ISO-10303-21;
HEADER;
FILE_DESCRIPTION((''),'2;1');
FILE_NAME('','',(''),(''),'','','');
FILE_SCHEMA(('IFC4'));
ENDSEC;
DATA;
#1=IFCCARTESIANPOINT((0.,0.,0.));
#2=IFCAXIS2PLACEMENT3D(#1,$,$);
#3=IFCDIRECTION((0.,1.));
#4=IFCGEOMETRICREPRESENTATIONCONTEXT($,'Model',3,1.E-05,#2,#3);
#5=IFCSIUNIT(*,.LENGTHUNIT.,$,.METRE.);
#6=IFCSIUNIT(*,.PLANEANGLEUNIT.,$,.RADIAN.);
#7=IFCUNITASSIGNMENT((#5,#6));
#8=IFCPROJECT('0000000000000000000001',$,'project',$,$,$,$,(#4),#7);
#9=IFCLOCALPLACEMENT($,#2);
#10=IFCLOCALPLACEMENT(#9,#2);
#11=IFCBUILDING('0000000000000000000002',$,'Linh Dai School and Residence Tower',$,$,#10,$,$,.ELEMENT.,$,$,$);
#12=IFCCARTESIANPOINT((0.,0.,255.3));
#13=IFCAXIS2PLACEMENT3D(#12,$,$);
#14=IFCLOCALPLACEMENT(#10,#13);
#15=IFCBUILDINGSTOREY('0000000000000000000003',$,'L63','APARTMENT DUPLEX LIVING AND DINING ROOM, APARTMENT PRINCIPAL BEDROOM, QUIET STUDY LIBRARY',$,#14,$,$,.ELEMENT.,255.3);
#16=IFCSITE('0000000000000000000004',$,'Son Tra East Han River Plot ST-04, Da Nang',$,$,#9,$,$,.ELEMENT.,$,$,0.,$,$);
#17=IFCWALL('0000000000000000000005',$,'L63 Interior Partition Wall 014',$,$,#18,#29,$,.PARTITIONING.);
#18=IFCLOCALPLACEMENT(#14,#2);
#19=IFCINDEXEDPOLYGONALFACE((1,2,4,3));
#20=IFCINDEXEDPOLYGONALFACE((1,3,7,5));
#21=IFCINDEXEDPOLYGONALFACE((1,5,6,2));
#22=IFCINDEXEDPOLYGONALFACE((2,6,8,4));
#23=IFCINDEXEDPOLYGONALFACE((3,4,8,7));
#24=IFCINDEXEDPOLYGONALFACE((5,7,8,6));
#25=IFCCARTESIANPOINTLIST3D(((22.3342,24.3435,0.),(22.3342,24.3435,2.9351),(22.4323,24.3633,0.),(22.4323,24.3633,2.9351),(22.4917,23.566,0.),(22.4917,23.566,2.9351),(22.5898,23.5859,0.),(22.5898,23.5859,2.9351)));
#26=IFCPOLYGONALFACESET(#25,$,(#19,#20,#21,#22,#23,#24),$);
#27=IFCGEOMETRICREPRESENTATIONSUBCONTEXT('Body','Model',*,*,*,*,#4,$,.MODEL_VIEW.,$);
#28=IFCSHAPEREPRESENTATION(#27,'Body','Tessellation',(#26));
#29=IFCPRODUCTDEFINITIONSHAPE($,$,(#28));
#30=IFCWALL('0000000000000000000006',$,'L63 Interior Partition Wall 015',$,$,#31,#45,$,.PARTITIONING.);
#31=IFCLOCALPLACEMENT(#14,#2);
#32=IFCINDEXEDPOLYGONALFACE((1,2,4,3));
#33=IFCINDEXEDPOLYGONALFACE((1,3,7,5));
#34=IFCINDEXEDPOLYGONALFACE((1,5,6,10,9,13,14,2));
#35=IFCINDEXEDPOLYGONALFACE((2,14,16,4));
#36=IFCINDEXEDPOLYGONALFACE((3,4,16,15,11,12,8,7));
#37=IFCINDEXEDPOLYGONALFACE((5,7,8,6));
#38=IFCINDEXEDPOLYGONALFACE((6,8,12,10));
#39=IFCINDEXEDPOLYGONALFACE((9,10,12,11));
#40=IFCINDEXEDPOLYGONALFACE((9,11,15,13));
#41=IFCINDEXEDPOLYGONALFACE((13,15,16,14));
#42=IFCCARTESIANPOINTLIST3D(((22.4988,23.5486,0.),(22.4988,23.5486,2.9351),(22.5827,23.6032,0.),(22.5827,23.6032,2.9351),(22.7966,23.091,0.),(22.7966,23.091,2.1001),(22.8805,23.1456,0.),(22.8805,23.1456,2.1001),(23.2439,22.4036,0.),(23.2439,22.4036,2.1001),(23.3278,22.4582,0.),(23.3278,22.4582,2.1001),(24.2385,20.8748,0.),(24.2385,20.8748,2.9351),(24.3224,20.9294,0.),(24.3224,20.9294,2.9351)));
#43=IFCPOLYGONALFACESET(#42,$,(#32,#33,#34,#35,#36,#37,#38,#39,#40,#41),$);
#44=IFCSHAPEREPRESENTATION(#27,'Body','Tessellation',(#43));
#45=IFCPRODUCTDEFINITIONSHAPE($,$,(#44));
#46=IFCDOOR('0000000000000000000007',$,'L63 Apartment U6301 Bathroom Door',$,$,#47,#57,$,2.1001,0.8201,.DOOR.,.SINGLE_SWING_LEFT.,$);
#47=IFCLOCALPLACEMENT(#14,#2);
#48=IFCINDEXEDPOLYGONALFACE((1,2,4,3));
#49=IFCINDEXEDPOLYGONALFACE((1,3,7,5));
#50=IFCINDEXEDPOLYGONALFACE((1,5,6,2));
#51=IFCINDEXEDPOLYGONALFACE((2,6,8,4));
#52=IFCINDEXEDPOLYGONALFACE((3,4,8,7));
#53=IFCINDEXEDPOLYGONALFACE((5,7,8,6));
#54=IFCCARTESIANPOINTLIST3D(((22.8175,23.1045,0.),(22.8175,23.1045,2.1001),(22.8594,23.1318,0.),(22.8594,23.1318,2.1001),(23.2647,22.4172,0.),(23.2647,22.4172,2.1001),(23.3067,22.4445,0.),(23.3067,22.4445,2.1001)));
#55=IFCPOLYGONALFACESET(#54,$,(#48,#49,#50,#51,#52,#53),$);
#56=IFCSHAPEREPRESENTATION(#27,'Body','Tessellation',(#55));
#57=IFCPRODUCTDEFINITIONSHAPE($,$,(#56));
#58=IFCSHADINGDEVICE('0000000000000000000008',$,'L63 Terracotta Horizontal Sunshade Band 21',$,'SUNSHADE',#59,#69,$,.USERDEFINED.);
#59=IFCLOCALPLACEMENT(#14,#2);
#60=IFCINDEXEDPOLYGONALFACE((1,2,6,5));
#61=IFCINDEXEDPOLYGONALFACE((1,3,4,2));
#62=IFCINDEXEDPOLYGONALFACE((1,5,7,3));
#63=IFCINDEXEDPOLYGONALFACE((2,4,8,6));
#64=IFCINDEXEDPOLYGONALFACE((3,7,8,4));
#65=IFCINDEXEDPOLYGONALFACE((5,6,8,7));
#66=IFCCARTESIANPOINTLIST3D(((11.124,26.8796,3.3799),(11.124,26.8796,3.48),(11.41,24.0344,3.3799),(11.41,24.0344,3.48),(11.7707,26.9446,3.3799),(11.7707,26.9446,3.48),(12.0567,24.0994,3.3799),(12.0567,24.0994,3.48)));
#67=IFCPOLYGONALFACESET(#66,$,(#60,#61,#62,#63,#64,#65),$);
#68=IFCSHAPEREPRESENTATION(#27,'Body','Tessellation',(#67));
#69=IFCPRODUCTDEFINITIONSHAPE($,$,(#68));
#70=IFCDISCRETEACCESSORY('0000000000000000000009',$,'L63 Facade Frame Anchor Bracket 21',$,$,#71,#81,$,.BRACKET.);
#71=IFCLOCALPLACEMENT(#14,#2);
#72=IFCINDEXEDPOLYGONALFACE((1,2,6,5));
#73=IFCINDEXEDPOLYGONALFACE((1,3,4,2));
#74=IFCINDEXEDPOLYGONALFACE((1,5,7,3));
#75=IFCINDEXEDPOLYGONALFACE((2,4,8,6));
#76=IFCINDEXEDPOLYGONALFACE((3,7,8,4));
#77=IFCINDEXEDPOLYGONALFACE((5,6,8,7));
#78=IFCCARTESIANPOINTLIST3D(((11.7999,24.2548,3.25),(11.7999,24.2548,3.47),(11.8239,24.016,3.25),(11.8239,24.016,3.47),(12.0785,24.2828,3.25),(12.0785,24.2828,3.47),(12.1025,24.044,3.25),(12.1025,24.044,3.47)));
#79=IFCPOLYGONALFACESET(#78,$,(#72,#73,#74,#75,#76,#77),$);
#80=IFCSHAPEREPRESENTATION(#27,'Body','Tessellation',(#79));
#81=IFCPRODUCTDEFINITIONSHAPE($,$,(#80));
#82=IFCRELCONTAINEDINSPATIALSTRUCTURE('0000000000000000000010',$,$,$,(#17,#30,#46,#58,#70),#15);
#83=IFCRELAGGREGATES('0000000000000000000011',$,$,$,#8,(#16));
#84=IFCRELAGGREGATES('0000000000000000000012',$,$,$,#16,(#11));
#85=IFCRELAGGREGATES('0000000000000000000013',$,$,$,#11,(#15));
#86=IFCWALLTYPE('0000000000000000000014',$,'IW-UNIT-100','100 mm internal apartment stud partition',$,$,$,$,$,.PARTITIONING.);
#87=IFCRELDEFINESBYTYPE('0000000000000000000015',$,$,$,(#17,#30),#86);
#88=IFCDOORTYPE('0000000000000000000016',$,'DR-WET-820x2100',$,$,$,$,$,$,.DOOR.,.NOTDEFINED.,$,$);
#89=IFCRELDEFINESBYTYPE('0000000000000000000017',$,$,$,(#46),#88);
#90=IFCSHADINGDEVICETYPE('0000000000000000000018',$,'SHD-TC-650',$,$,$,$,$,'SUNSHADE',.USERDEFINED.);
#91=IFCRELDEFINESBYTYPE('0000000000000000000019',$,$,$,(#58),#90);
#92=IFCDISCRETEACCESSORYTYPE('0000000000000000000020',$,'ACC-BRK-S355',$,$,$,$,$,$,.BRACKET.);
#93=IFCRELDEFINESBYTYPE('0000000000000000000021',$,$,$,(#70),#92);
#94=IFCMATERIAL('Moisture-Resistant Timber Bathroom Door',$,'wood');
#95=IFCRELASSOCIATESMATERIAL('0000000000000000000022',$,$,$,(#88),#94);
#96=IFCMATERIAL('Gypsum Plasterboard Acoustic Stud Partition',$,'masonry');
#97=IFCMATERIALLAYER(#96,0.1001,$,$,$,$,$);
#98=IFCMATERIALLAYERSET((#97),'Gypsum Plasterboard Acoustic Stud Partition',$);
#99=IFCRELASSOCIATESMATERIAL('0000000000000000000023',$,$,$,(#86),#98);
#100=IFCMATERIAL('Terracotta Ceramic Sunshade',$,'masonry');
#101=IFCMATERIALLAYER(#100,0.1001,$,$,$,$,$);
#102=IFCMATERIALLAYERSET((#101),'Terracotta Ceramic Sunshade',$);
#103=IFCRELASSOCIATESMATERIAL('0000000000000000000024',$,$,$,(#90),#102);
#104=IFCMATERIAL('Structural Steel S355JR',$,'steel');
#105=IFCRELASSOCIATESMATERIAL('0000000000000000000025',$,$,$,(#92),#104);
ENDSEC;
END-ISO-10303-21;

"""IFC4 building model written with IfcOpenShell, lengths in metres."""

from ifc_helpers import new_model, si_unit, direction, frame, frame_2d, origin, origin_2d, place, context, subcontext, project, spatial, rectangle, extrude, source, transform, mapped, material, layer, layer_set, type_object, element, fill, save


model = new_model("IFC4")

# Units and contexts
model_context = context("Model", 3, precision=1e-05, world=origin(), true_north=direction((0.0, 1.0)))
body_context = subcontext(model_context, "Body", "Model", "MODEL_VIEW")
ifc_project = project(units=[si_unit("LENGTHUNIT", "METRE"), si_unit("PLANEANGLEUNIT", "RADIAN")], contexts=[model_context])

# Site, building, storey
site_placement = place(None, origin())
site = spatial("IfcSite", under=ifc_project, at=site_placement, Name="Son Tra East Han River Plot ST-04, Da Nang", CompositionType="ELEMENT", RefElevation=0.0)
building_placement = place(site_placement, origin())
building = spatial("IfcBuilding", under=site, at=building_placement, Name="Linh Dai School and Residence Tower", CompositionType="ELEMENT")
storey_placement = place(building_placement, frame((0.0, 0.0, 255.3)))
storey = spatial("IfcBuildingStorey", under=building, at=storey_placement, Name="L63", Description="APARTMENT DUPLEX LIVING AND DINING ROOM, APARTMENT PRINCIPAL BEDROOM, QUIET STUDY LIBRARY", CompositionType="ELEMENT", Elevation=255.3)

# Shared definitions
ifc_material_1 = material(Name="Structural Steel S355JR", Category="steel")

# Shared definitions
ifc_material_2 = material(Name="Moisture-Resistant Timber Bathroom Door", Category="wood")
door_type_1 = type_object("IfcDoorType", Name="DR-WET-820x2100", OperationType="NOTDEFINED", PredefinedType="DOOR", material=ifc_material_2)
shared_shape_1 = source(origin(), body_context, "Body", "SweptSolid", [
    extrude(rectangle(XDim=0.8201, YDim=2.1001, at=origin_2d()), frame((0.4102, 0.0249, 1.05), z_axis=(0.0, -1.0, 0.0), x_axis=(1.0, 0.0, 0.0)), (0.0, 0.0, 1.0), 0.05),
])

# Shared definitions
ifc_material_3 = material(Name="Gypsum Plasterboard Acoustic Stud Partition", Category="masonry")
ifc_layer_1 = layer(ifc_material_3, 0.1001)
ifc_layer_set_1 = layer_set([ifc_layer_1], Name="Gypsum Plasterboard Acoustic Stud Partition")
wall_type_1 = type_object("IfcWallType", Name="IW-UNIT-100", Description="100 mm internal apartment stud partition", PredefinedType="PARTITIONING", material=ifc_layer_set_1)

# Wall
wall_1_placement = place(storey_placement, frame((22.3833, 24.3533, 0.0), z_axis=(0.0, 0.0, 1.0), x_axis=(0.198543, -0.980092, 0.0)))
element("IfcWall", 1, at=wall_1_placement, inside=storey, type_object=wall_type_1, Name="L63 Interior Partition Wall 014", PredefinedType="PARTITIONING", context=body_context, shape_type="SweptSolid", body=[
    extrude(rectangle(XDim=0.7932, YDim=0.1001, at=frame_2d((0.3965, 0.0))), origin(), (0.0, 0.0, 1.0), 2.9351),
])

# Wall, opening, door
wall_2_placement = place(storey_placement, frame((22.5408, 23.5759, 0.0), z_axis=(0.0, 0.0, 1.0), x_axis=(0.545376, -0.838192, 0.0)))
wall_2 = element("IfcWall", 2, at=wall_2_placement, inside=storey, type_object=wall_type_1, Name="L63 Interior Partition Wall 015", PredefinedType="PARTITIONING", context=body_context, shape_type="SweptSolid", body=[
    extrude(rectangle(XDim=3.1899, YDim=0.1001, at=frame_2d((1.595, 0.0))), origin(), (0.0, 0.0, 1.0), 2.9351),
])
opening_1_placement = place(wall_2_placement, frame((0.5459, 0.0, 0.0)))
opening_1 = element("IfcOpeningElement", 3, at=opening_1_placement, cuts=wall_2, PredefinedType="OPENING", context=body_context, shape_type="SweptSolid", body=[
    extrude(rectangle(XDim=0.8201, YDim=2.1001, at=origin_2d()), frame((0.4102, 0.0601, 1.05), z_axis=(0.0, -1.0, 0.0), x_axis=(1.0, 0.0, 0.0)), (0.0, 0.0, 1.0), 0.1201),
])
door_1_placement = place(opening_1_placement, origin())
door_1 = element("IfcDoor", 4, at=door_1_placement, inside=storey, type_object=door_type_1, Name="L63 Apartment U6301 Bathroom Door", OperationType="SINGLE_SWING_LEFT", OverallHeight=2.1001, OverallWidth=0.8201, PredefinedType="DOOR", context=body_context, shape_type="MappedRepresentation", body=[
    mapped(shared_shape_1, transform((0.0, 0.0, 0.0), x_axis=(1.0, 0.0, 0.0), y_axis=(0.0, 1.0, 0.0), z_axis=(0.0, 0.0, 1.0), scale=1.0)),
])
fill(opening_1, door_1)

# Shading device
ifc_material_4 = material(Name="Terracotta Ceramic Sunshade", Category="masonry")
ifc_layer_2 = layer(ifc_material_4, 0.1001)
ifc_layer_set_2 = layer_set([ifc_layer_2], Name="Terracotta Ceramic Sunshade")
shading_device_type = type_object("IfcShadingDeviceType", Name="SHD-TC-650", ElementType="SUNSHADE", PredefinedType="USERDEFINED", material=ifc_layer_set_2)
shared_shape_2 = source(origin(), body_context, "Body", "SweptSolid", [
    extrude(rectangle(XDim=2.8596, YDim=0.6499, at=origin_2d()), origin(), (0.0, 0.0, 1.0), 0.1001),
])
shading_device_placement = place(storey_placement, frame((11.5903, 25.4895, 3.3799), z_axis=(0.0, 0.0, 1.0), x_axis=(-0.100012, 0.994986, 0.0)))
element("IfcShadingDevice", 5, at=shading_device_placement, inside=storey, type_object=shading_device_type, Name="L63 Terracotta Horizontal Sunshade Band 21", ObjectType="SUNSHADE", PredefinedType="USERDEFINED", context=body_context, shape_type="MappedRepresentation", body=[
    mapped(shared_shape_2, transform((0.0, 0.0, 0.0), x_axis=(1.0, 0.0, 0.0), y_axis=(0.0, 1.0, 0.0), z_axis=(0.0, 0.0, 1.0), scale=1.0)),
])

# Discrete accessory
discrete_accessory_type = type_object("IfcDiscreteAccessoryType", Name="ACC-BRK-S355", PredefinedType="BRACKET", material=ifc_material_1)
shared_shape_3 = source(origin(), body_context, "Body", "SweptSolid", [
    extrude(rectangle(XDim=0.28, YDim=0.24, at=origin_2d()), origin(), (0.0, 0.0, 1.0), 0.22),
])
discrete_accessory_placement = place(storey_placement, frame((11.9512, 24.1494, 3.25), z_axis=(0.0, 0.0, 1.0), x_axis=(-0.994986, -0.100012, 0.0)))
element("IfcDiscreteAccessory", 6, at=discrete_accessory_placement, inside=storey, type_object=discrete_accessory_type, Name="L63 Facade Frame Anchor Bracket 21", PredefinedType="BRACKET", context=body_context, shape_type="MappedRepresentation", body=[
    mapped(shared_shape_3, transform((0.0, 0.0, 0.0), x_axis=(1.0, 0.0, 0.0), y_axis=(0.0, 1.0, 0.0), z_axis=(0.0, 0.0, 1.0), scale=1.0)),
])

save(model, "model.ifc")
